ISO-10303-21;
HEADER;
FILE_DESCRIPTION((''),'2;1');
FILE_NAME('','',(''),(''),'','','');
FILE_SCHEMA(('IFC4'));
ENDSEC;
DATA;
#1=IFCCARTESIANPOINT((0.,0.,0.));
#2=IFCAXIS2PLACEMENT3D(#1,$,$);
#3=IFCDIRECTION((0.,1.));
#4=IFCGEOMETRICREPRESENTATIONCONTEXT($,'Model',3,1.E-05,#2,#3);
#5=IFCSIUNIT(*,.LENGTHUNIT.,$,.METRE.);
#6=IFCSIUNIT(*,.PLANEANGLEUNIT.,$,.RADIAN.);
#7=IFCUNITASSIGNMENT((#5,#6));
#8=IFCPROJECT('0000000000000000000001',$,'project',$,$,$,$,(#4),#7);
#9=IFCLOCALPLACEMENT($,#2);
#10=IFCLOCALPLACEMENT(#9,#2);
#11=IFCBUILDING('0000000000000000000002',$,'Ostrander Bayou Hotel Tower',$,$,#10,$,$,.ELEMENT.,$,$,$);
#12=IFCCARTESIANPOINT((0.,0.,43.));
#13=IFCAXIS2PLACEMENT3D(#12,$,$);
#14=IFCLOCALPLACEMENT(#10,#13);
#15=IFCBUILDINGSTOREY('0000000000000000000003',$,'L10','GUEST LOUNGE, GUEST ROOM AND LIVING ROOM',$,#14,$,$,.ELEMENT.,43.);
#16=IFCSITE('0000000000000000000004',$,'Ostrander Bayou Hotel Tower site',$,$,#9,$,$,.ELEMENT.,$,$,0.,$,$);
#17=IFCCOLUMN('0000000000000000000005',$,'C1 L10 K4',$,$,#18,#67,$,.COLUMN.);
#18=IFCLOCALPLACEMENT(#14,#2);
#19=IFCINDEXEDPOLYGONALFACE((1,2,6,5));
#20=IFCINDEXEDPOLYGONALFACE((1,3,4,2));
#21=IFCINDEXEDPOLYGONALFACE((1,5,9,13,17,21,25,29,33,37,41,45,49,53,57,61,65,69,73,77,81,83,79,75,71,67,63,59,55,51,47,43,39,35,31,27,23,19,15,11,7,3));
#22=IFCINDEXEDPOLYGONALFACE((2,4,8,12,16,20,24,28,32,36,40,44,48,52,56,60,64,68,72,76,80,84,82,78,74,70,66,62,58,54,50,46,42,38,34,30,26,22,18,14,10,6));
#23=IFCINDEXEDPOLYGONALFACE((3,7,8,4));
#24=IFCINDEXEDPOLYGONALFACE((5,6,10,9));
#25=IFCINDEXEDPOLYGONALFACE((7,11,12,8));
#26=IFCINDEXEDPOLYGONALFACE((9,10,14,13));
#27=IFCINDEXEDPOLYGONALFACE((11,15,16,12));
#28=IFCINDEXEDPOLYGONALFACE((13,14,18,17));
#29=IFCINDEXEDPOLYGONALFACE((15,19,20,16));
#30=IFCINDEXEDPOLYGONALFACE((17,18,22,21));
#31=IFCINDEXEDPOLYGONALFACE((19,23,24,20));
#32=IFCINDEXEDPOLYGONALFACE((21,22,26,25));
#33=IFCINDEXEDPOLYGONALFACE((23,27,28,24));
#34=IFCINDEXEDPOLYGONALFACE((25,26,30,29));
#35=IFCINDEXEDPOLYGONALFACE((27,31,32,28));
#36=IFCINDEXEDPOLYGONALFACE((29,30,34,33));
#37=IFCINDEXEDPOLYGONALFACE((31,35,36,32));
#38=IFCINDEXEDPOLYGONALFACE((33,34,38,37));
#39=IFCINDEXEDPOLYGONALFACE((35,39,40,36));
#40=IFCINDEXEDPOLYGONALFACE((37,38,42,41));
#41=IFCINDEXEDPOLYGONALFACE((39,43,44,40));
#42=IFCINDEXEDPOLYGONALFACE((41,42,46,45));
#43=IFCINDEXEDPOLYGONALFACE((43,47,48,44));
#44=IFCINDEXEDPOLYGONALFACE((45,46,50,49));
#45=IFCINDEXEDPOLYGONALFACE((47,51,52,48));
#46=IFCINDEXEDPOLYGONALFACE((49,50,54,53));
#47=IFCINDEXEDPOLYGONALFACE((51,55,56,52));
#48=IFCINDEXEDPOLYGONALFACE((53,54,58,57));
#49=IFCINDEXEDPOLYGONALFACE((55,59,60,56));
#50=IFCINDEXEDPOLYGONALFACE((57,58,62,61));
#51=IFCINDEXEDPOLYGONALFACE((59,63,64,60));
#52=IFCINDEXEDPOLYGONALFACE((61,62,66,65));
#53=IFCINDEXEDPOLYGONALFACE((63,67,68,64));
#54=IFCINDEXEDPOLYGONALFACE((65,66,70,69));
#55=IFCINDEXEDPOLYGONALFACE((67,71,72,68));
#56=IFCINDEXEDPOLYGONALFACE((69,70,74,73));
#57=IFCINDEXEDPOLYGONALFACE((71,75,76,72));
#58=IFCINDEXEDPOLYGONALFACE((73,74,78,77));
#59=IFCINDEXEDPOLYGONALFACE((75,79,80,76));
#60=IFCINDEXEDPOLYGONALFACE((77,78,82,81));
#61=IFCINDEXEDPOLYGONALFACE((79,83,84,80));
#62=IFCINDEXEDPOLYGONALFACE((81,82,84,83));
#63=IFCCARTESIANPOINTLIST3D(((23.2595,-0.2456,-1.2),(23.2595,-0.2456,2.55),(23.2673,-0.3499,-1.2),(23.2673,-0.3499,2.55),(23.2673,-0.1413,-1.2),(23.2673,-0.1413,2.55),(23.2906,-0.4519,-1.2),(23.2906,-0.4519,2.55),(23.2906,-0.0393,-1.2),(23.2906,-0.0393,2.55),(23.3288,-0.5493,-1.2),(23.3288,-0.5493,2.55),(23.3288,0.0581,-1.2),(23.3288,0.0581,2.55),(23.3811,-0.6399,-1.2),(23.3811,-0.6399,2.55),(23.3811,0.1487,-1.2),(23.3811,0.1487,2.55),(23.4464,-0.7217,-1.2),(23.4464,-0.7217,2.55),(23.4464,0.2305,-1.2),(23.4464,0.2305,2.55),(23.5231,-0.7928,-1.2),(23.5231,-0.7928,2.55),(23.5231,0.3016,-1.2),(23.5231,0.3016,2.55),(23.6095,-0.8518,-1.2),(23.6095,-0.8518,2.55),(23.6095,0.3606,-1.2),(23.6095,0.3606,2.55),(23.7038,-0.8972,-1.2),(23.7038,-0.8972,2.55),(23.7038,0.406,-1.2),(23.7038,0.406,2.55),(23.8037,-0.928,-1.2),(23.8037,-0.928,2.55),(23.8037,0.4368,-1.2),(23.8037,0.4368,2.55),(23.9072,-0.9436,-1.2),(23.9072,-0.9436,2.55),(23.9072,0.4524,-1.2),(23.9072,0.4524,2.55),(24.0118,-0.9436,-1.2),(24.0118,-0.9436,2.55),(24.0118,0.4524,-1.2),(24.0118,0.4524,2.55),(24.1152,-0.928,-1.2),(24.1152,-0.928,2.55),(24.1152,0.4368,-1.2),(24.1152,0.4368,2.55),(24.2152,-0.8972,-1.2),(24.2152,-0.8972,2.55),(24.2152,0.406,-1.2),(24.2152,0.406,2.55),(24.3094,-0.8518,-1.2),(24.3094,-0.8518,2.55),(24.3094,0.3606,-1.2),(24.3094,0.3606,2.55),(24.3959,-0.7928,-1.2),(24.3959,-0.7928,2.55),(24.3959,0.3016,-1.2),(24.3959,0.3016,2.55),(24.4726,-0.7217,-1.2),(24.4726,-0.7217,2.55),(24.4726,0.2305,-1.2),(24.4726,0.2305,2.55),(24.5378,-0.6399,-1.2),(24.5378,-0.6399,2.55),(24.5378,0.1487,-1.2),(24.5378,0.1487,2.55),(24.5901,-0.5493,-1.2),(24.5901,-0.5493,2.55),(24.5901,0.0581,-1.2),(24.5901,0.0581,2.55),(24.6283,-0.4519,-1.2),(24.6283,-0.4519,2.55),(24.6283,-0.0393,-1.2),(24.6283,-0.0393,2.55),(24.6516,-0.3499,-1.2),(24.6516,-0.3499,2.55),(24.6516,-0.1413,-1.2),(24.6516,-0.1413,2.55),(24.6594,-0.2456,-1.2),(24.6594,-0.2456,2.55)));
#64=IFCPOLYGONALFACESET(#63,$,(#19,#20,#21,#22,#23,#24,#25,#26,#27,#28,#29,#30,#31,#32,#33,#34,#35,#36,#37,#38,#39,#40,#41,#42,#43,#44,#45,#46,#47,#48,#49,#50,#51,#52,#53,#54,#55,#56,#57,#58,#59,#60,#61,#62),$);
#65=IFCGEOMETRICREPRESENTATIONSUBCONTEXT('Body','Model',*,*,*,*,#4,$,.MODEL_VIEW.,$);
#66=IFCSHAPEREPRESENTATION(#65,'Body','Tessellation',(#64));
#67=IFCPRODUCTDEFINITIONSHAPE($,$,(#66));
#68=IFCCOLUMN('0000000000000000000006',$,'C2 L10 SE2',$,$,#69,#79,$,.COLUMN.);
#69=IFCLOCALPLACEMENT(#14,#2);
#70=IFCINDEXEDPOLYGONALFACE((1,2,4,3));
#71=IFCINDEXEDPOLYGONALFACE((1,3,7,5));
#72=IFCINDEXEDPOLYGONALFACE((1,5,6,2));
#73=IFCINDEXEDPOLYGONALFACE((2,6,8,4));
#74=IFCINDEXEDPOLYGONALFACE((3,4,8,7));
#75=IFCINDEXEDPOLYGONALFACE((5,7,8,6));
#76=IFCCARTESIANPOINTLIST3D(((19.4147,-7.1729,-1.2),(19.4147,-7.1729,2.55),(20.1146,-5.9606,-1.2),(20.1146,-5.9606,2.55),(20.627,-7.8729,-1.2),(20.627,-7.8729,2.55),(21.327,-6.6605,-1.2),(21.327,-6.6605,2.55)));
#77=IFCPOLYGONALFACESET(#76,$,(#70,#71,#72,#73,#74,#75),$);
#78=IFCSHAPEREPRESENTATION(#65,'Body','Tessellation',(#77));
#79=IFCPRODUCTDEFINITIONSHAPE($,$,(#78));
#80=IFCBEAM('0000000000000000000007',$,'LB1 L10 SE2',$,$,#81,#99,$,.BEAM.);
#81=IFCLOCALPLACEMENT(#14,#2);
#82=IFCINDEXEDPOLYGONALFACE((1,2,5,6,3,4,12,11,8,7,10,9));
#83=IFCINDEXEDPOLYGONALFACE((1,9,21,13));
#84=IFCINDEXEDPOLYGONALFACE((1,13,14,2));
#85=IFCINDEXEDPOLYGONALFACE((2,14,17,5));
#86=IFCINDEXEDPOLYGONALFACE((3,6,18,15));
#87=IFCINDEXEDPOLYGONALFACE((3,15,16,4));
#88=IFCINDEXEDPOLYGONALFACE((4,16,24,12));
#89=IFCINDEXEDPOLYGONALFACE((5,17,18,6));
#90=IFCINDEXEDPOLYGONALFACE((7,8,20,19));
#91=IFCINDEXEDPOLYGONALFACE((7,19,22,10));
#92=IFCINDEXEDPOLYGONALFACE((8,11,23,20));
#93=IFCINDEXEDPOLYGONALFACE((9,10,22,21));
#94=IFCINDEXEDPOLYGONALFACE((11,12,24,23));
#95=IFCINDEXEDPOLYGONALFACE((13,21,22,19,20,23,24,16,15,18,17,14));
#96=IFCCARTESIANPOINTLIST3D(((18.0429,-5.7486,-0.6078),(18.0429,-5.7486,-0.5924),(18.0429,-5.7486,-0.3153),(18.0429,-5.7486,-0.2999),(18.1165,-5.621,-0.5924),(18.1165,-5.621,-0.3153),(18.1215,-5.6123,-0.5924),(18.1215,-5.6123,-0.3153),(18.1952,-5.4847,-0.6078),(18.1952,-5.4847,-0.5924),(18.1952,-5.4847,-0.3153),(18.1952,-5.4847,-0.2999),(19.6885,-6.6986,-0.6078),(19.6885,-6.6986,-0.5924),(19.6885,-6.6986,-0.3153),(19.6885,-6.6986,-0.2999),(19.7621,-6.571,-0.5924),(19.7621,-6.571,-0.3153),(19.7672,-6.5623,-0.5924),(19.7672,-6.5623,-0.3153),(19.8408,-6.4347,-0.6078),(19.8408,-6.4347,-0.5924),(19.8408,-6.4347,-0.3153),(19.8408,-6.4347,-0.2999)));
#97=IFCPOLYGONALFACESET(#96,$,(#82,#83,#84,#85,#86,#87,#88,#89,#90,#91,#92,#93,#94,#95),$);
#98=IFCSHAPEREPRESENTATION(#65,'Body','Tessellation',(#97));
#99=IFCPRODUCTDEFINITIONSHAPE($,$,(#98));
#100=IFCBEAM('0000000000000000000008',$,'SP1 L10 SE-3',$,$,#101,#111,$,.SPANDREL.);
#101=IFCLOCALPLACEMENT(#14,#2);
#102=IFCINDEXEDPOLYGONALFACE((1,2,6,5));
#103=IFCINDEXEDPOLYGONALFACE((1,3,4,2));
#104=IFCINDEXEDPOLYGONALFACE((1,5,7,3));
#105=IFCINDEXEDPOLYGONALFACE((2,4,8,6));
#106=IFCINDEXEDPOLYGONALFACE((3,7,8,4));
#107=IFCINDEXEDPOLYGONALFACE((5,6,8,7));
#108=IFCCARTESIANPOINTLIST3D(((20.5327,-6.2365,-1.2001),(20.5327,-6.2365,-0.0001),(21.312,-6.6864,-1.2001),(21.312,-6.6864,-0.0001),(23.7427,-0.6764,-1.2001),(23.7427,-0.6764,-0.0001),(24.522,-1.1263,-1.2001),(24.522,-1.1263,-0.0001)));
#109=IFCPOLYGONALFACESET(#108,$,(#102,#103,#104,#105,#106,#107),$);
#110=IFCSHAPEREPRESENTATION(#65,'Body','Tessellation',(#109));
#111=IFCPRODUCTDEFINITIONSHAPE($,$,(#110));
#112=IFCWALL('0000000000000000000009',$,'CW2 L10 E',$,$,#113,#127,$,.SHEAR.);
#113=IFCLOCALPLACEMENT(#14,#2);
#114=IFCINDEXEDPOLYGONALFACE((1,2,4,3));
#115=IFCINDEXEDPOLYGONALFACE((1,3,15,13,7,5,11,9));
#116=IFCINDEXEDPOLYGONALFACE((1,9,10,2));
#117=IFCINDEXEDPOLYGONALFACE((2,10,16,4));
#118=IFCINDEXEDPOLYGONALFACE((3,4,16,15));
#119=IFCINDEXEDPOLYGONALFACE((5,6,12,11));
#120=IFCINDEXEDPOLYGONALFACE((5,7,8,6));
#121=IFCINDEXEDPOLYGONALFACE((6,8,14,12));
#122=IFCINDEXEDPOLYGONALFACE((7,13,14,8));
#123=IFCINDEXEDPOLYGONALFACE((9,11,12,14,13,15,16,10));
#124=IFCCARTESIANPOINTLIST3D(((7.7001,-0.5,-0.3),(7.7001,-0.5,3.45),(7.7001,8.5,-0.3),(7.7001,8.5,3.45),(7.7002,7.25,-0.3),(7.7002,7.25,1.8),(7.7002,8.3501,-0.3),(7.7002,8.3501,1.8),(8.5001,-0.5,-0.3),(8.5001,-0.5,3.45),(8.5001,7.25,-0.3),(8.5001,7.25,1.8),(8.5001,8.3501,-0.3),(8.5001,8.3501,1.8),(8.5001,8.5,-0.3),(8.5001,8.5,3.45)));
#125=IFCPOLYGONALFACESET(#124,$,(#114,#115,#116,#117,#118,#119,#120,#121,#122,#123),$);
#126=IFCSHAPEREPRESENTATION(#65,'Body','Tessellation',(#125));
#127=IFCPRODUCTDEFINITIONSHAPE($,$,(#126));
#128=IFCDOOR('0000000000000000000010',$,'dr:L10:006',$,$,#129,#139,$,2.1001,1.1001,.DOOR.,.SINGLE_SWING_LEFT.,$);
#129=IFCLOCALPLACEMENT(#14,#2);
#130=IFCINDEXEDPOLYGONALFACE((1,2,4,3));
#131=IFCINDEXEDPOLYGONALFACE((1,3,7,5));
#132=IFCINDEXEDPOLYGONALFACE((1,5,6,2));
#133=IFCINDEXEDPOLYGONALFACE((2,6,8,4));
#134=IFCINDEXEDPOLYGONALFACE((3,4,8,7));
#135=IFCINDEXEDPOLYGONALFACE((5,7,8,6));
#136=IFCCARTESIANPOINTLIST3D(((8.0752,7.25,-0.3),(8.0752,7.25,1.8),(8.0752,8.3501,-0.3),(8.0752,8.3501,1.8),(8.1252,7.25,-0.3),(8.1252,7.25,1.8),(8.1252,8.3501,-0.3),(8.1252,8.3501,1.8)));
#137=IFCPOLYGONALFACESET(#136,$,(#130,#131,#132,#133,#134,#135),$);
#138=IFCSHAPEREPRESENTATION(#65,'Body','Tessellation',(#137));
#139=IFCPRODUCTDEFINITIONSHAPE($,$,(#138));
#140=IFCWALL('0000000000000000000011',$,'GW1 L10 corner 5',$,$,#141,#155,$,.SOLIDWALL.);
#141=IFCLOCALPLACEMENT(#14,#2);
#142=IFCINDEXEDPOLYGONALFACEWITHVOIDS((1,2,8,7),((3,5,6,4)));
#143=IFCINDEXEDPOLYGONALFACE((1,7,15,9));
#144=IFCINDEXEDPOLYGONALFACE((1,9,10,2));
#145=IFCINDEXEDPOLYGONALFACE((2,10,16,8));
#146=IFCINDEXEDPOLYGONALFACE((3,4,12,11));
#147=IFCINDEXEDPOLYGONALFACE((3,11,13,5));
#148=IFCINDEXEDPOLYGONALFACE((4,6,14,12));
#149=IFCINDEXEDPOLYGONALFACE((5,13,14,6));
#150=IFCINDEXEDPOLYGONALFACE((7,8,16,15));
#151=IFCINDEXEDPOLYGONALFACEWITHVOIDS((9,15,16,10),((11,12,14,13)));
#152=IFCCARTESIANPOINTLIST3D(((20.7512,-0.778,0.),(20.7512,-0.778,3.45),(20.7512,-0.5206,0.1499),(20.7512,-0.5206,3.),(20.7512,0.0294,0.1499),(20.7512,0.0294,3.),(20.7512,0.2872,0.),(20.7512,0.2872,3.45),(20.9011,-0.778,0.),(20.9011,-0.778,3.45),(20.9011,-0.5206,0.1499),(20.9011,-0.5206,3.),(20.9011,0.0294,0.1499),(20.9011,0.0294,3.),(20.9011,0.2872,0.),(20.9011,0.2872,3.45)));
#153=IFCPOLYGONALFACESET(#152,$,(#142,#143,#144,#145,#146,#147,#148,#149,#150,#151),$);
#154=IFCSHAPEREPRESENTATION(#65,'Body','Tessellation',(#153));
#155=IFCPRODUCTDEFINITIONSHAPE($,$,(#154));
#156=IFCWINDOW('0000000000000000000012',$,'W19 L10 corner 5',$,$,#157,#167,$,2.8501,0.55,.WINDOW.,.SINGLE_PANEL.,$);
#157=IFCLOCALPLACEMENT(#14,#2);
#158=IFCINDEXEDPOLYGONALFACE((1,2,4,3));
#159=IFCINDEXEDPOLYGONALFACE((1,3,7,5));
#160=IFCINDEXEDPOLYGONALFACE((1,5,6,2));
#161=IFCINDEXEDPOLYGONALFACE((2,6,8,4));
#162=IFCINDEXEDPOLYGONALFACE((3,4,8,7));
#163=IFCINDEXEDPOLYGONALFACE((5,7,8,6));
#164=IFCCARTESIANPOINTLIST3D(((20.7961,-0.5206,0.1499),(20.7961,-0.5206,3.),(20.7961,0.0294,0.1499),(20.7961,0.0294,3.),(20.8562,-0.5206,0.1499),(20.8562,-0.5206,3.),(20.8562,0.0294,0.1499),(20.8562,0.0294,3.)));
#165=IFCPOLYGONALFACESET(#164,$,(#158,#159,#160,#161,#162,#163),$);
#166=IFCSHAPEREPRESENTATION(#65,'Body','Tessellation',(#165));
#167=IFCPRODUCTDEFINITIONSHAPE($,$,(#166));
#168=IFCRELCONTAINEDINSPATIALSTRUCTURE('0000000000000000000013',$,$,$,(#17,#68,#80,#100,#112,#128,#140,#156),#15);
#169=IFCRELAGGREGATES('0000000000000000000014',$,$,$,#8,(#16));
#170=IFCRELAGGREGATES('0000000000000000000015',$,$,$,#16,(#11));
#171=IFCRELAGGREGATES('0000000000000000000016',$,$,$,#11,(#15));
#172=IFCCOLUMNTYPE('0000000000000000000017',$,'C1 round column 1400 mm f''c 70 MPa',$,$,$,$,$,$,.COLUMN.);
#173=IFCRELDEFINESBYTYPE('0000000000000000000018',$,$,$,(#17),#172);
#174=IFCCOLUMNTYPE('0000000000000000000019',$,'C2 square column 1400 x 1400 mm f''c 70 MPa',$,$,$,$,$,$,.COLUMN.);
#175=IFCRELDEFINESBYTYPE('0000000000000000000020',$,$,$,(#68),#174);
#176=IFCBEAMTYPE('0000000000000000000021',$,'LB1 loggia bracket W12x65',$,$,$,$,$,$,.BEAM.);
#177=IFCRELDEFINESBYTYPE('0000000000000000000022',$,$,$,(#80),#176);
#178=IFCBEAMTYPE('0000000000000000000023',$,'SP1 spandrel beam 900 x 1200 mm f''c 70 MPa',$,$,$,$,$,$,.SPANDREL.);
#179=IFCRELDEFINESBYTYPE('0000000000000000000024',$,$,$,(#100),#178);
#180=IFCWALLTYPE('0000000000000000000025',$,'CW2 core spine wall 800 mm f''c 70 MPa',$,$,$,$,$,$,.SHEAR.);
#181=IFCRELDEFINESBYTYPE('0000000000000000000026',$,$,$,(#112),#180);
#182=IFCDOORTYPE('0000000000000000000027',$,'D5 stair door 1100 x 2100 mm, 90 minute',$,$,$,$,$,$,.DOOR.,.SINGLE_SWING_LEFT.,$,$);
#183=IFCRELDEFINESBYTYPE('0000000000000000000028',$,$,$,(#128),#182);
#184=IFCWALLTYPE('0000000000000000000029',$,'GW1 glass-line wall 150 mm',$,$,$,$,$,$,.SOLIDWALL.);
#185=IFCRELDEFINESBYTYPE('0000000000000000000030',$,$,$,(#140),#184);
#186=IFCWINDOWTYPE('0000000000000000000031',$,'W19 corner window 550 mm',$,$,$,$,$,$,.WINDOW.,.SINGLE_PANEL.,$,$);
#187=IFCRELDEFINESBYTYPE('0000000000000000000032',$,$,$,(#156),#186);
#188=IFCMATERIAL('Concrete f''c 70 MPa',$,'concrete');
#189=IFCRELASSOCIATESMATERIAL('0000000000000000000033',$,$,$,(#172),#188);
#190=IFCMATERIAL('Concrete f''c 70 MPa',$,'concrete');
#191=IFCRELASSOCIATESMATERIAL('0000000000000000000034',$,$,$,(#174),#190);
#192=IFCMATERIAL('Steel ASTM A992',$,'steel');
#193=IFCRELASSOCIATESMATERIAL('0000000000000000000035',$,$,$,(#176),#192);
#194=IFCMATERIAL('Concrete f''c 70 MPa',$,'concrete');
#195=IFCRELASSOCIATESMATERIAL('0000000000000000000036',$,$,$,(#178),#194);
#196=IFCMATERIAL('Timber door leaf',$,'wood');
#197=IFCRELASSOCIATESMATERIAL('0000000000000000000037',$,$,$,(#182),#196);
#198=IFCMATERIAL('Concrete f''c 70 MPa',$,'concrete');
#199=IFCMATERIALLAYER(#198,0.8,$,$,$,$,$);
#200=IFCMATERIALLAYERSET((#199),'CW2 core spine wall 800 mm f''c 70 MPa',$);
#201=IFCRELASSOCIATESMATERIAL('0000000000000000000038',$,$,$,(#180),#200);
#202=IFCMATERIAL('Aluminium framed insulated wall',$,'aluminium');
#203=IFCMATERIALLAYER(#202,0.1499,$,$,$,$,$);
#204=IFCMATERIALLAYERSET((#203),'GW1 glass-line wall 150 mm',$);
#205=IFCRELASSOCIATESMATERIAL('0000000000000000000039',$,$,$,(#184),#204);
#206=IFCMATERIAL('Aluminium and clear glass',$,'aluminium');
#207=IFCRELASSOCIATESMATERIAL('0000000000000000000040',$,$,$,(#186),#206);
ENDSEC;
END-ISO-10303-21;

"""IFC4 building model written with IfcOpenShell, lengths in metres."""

from ifc_helpers import new_model, si_unit, direction, frame, frame_2d, origin, origin_2d, place, context, subcontext, project, spatial, rectangle, circle, i_section, extrude, material, layer, layer_set, material_profile, profile_set, type_object, element, fill, save


model = new_model("IFC4")

# Units and contexts
model_context = context("Model", 3, precision=1e-05, world=origin(), true_north=direction((0.0, 1.0)))
body_context = subcontext(model_context, "Body", "Model", "MODEL_VIEW")
ifc_project = project(units=[si_unit("LENGTHUNIT", "METRE"), si_unit("PLANEANGLEUNIT", "RADIAN")], contexts=[model_context])

# Site, building, storey
site_placement = place(None, origin())
site = spatial("IfcSite", under=ifc_project, at=site_placement, Name="Ostrander Bayou Hotel Tower site", CompositionType="ELEMENT", RefElevation=0.0)
building_placement = place(site_placement, origin())
building = spatial("IfcBuilding", under=site, at=building_placement, Name="Ostrander Bayou Hotel Tower", CompositionType="ELEMENT")
storey_placement = place(building_placement, frame((0.0, 0.0, 43.0)))
storey = spatial("IfcBuildingStorey", under=building, at=storey_placement, Name="L10", Description="GUEST LOUNGE, GUEST ROOM AND LIVING ROOM", CompositionType="ELEMENT", Elevation=43.0)

# Columns
ifc_material_1 = material(Name="Concrete f'c 70 MPa", Category="concrete")
ifc_material_profile_1 = material_profile(ifc_material_1, circle(Radius=0.7, at=origin_2d()))
ifc_profile_set_1 = profile_set([ifc_material_profile_1], Name="Concrete f'c 70 MPa")
column_type_1 = type_object("IfcColumnType", Name="C1 round column 1400 mm f'c 70 MPa", PredefinedType="COLUMN", material=ifc_profile_set_1)
column_1_placement = place(storey_placement, frame((23.9595, -0.2456, -1.2), z_axis=(0.0, 0.0, 1.0), x_axis=(1.0, 0.0, 0.0)))
element("IfcColumn", 1, at=column_1_placement, inside=storey, type_object=column_type_1, Name="C1 L10 K4", PredefinedType="COLUMN", context=body_context, shape_type="SweptSolid", body=[
    extrude(circle(Radius=0.7, at=origin_2d()), origin(), (0.0, 0.0, 1.0), 3.75),
])
ifc_material_2 = material(Name="Concrete f'c 70 MPa", Category="concrete")
ifc_material_profile_2 = material_profile(ifc_material_2, rectangle(XDim=1.3999, YDim=1.3999, at=origin_2d()))
ifc_profile_set_2 = profile_set([ifc_material_profile_2], Name="Concrete f'c 70 MPa")
column_type_2 = type_object("IfcColumnType", Name="C2 square column 1400 x 1400 mm f'c 70 MPa", PredefinedType="COLUMN", material=ifc_profile_set_2)
column_2_placement = place(storey_placement, frame((20.3708, -6.9167, -1.2), z_axis=(0.0, 0.0, 1.0), x_axis=(-0.5, -0.866025, 0.0)))
element("IfcColumn", 2, at=column_2_placement, inside=storey, type_object=column_type_2, Name="C2 L10 SE2", PredefinedType="COLUMN", context=body_context, shape_type="SweptSolid", body=[
    extrude(rectangle(XDim=1.3999, YDim=1.3999, at=origin_2d()), origin(), (0.0, 0.0, 1.0), 3.75),
])

# Beams
ifc_material_3 = material(Name="Steel ASTM A992", Category="steel")
ifc_material_profile_3 = material_profile(ifc_material_3, i_section(OverallWidth=0.3047, OverallDepth=0.3079, WebThickness=0.01, FlangeThickness=0.0154, at=origin_2d()))
ifc_profile_set_3 = profile_set([ifc_material_profile_3], Name="Steel ASTM A992")
beam_type_1 = type_object("IfcBeamType", Name="LB1 loggia bracket W12x65", PredefinedType="BEAM", material=ifc_profile_set_3)
beam_1_placement = place(storey_placement, frame((19.7646, -6.5667, -0.4539), z_axis=(-0.866044, 0.499967, 0.0), x_axis=(-0.499967, -0.866044, 0.0)))
element("IfcBeam", 3, at=beam_1_placement, inside=storey, type_object=beam_type_1, Name="LB1 L10 SE2", PredefinedType="BEAM", context=body_context, shape_type="SweptSolid", body=[
    extrude(i_section(OverallWidth=0.3047, OverallDepth=0.3079, WebThickness=0.01, FlangeThickness=0.0154, at=origin_2d()), origin(), (0.0, 0.0, 1.0), 1.9001),
])
ifc_material_4 = material(Name="Concrete f'c 70 MPa", Category="concrete")
ifc_material_profile_4 = material_profile(ifc_material_4, rectangle(XDim=0.8999, YDim=1.2, at=origin_2d()))
ifc_profile_set_4 = profile_set([ifc_material_profile_4], Name="Concrete f'c 70 MPa")
beam_type_2 = type_object("IfcBeamType", Name="SP1 spandrel beam 900 x 1200 mm f'c 70 MPa", PredefinedType="SPANDREL", material=ifc_profile_set_4)
beam_2_placement = place(storey_placement, frame((20.9224, -6.4614, -0.6001), z_axis=(0.499984, 0.866035, 0.0), x_axis=(-0.866035, 0.499984, 0.0)))
element("IfcBeam", 4, at=beam_2_placement, inside=storey, type_object=beam_type_2, Name="SP1 L10 SE-3", PredefinedType="SPANDREL", context=body_context, shape_type="SweptSolid", body=[
    extrude(rectangle(XDim=0.8999, YDim=1.2, at=origin_2d()), origin(), (0.0, 0.0, 1.0), 6.4202),
])

# Shared definitions
ifc_material_5 = material(Name="Timber door leaf", Category="wood")
door_type_1 = type_object("IfcDoorType", Name="D5 stair door 1100 x 2100 mm, 90 minute", OperationType="SINGLE_SWING_LEFT", PredefinedType="DOOR", material=ifc_material_5)

# Wall, opening, door
ifc_material_6 = material(Name="Concrete f'c 70 MPa", Category="concrete")
ifc_layer_1 = layer(ifc_material_6, 0.8)
ifc_layer_set_1 = layer_set([ifc_layer_1], Name="CW2 core spine wall 800 mm f'c 70 MPa")
wall_type_1 = type_object("IfcWallType", Name="CW2 core spine wall 800 mm f'c 70 MPa", PredefinedType="SHEAR", material=ifc_layer_set_1)
wall_1_placement = place(storey_placement, frame((8.1001, -0.5, -0.3), z_axis=(0.0, 0.0, 1.0), x_axis=(0.0, 1.0, 0.0)))
wall_1 = element("IfcWall", 5, at=wall_1_placement, inside=storey, type_object=wall_type_1, Name="CW2 L10 E", PredefinedType="SHEAR", context=body_context, shape_type="SweptSolid", body=[
    extrude(rectangle(XDim=9.0, YDim=0.8, at=frame_2d((4.5, 0.0))), origin(), (0.0, 0.0, 1.0), 3.75),
])
opening_1_placement = place(wall_1_placement, frame((7.75, 0.0, 0.0)))
opening_1 = element("IfcOpeningElement", 6, at=opening_1_placement, cuts=wall_1, PredefinedType="OPENING", context=body_context, shape_type="SweptSolid", body=[
    extrude(rectangle(XDim=1.1001, YDim=2.1001, at=frame_2d((0.55, 1.05))), frame((0.0, 0.3999, 0.0), z_axis=(0.0, -1.0, 0.0), x_axis=(1.0, 0.0, 0.0)), (0.0, 0.0, 1.0), 0.8),
])
door_1_placement = place(opening_1_placement, origin())
door_1 = element("IfcDoor", 7, at=door_1_placement, inside=storey, type_object=door_type_1, Name="dr:L10:006", OperationType="SINGLE_SWING_LEFT", OverallHeight=2.1001, OverallWidth=1.1001, PredefinedType="DOOR", context=body_context, shape_type="SweptSolid", body=[
    extrude(rectangle(XDim=1.1001, YDim=2.1001, at=frame_2d((0.55, 1.05))), frame((0.0, 0.0249, 0.0), z_axis=(0.0, -1.0, 0.0), x_axis=(1.0, 0.0, 0.0)), (0.0, 0.0, 1.0), 0.05),
])
fill(opening_1, door_1)

# Wall, opening, window
ifc_material_7 = material(Name="Aluminium framed insulated wall", Category="aluminium")
ifc_layer_2 = layer(ifc_material_7, 0.1499)
ifc_layer_set_2 = layer_set([ifc_layer_2], Name="GW1 glass-line wall 150 mm")
wall_type_2 = type_object("IfcWallType", Name="GW1 glass-line wall 150 mm", PredefinedType="SOLIDWALL", material=ifc_layer_set_2)
wall_2_placement = place(storey_placement, frame((20.8262, -0.7781, 0.0), z_axis=(0.0, 0.0, 1.0), x_axis=(0.0, 1.0, 0.0)))
wall_2 = element("IfcWall", 8, at=wall_2_placement, inside=storey, type_object=wall_type_2, Name="GW1 L10 corner 5", PredefinedType="SOLIDWALL", context=body_context, shape_type="SweptSolid", body=[
    extrude(rectangle(XDim=1.0652, YDim=0.1499, at=frame_2d((0.5327, 0.0))), origin(), (0.0, 0.0, 1.0), 3.45),
])
opening_2_placement = place(wall_2_placement, frame((0.2576, 0.0, 0.1499)))
opening_2 = element("IfcOpeningElement", 9, at=opening_2_placement, cuts=wall_2, PredefinedType="OPENING", context=body_context, shape_type="SweptSolid", body=[
    extrude(rectangle(XDim=0.55, YDim=2.8501, at=frame_2d((0.2749, 1.425))), frame((0.0, 0.075, 0.0), z_axis=(0.0, -1.0, 0.0), x_axis=(1.0, 0.0, 0.0)), (0.0, 0.0, 1.0), 0.1499),
])
ifc_material_8 = material(Name="Aluminium and clear glass", Category="aluminium")
window_type = type_object("IfcWindowType", Name="W19 corner window 550 mm", PartitioningType="SINGLE_PANEL", PredefinedType="WINDOW", material=ifc_material_8)
window_placement = place(opening_2_placement, origin())
window = element("IfcWindow", 10, at=window_placement, inside=storey, type_object=window_type, Name="W19 L10 corner 5", OverallHeight=2.8501, OverallWidth=0.55, PartitioningType="SINGLE_PANEL", PredefinedType="WINDOW", context=body_context, shape_type="SweptSolid", body=[
    extrude(rectangle(XDim=0.55, YDim=2.8501, at=frame_2d((0.2749, 1.425))), frame((0.0, 0.03, 0.0), z_axis=(0.0, -1.0, 0.0), x_axis=(1.0, 0.0, 0.0)), (0.0, 0.0, 1.0), 0.0601),
])
fill(opening_2, window)

save(model, "model.ifc")
